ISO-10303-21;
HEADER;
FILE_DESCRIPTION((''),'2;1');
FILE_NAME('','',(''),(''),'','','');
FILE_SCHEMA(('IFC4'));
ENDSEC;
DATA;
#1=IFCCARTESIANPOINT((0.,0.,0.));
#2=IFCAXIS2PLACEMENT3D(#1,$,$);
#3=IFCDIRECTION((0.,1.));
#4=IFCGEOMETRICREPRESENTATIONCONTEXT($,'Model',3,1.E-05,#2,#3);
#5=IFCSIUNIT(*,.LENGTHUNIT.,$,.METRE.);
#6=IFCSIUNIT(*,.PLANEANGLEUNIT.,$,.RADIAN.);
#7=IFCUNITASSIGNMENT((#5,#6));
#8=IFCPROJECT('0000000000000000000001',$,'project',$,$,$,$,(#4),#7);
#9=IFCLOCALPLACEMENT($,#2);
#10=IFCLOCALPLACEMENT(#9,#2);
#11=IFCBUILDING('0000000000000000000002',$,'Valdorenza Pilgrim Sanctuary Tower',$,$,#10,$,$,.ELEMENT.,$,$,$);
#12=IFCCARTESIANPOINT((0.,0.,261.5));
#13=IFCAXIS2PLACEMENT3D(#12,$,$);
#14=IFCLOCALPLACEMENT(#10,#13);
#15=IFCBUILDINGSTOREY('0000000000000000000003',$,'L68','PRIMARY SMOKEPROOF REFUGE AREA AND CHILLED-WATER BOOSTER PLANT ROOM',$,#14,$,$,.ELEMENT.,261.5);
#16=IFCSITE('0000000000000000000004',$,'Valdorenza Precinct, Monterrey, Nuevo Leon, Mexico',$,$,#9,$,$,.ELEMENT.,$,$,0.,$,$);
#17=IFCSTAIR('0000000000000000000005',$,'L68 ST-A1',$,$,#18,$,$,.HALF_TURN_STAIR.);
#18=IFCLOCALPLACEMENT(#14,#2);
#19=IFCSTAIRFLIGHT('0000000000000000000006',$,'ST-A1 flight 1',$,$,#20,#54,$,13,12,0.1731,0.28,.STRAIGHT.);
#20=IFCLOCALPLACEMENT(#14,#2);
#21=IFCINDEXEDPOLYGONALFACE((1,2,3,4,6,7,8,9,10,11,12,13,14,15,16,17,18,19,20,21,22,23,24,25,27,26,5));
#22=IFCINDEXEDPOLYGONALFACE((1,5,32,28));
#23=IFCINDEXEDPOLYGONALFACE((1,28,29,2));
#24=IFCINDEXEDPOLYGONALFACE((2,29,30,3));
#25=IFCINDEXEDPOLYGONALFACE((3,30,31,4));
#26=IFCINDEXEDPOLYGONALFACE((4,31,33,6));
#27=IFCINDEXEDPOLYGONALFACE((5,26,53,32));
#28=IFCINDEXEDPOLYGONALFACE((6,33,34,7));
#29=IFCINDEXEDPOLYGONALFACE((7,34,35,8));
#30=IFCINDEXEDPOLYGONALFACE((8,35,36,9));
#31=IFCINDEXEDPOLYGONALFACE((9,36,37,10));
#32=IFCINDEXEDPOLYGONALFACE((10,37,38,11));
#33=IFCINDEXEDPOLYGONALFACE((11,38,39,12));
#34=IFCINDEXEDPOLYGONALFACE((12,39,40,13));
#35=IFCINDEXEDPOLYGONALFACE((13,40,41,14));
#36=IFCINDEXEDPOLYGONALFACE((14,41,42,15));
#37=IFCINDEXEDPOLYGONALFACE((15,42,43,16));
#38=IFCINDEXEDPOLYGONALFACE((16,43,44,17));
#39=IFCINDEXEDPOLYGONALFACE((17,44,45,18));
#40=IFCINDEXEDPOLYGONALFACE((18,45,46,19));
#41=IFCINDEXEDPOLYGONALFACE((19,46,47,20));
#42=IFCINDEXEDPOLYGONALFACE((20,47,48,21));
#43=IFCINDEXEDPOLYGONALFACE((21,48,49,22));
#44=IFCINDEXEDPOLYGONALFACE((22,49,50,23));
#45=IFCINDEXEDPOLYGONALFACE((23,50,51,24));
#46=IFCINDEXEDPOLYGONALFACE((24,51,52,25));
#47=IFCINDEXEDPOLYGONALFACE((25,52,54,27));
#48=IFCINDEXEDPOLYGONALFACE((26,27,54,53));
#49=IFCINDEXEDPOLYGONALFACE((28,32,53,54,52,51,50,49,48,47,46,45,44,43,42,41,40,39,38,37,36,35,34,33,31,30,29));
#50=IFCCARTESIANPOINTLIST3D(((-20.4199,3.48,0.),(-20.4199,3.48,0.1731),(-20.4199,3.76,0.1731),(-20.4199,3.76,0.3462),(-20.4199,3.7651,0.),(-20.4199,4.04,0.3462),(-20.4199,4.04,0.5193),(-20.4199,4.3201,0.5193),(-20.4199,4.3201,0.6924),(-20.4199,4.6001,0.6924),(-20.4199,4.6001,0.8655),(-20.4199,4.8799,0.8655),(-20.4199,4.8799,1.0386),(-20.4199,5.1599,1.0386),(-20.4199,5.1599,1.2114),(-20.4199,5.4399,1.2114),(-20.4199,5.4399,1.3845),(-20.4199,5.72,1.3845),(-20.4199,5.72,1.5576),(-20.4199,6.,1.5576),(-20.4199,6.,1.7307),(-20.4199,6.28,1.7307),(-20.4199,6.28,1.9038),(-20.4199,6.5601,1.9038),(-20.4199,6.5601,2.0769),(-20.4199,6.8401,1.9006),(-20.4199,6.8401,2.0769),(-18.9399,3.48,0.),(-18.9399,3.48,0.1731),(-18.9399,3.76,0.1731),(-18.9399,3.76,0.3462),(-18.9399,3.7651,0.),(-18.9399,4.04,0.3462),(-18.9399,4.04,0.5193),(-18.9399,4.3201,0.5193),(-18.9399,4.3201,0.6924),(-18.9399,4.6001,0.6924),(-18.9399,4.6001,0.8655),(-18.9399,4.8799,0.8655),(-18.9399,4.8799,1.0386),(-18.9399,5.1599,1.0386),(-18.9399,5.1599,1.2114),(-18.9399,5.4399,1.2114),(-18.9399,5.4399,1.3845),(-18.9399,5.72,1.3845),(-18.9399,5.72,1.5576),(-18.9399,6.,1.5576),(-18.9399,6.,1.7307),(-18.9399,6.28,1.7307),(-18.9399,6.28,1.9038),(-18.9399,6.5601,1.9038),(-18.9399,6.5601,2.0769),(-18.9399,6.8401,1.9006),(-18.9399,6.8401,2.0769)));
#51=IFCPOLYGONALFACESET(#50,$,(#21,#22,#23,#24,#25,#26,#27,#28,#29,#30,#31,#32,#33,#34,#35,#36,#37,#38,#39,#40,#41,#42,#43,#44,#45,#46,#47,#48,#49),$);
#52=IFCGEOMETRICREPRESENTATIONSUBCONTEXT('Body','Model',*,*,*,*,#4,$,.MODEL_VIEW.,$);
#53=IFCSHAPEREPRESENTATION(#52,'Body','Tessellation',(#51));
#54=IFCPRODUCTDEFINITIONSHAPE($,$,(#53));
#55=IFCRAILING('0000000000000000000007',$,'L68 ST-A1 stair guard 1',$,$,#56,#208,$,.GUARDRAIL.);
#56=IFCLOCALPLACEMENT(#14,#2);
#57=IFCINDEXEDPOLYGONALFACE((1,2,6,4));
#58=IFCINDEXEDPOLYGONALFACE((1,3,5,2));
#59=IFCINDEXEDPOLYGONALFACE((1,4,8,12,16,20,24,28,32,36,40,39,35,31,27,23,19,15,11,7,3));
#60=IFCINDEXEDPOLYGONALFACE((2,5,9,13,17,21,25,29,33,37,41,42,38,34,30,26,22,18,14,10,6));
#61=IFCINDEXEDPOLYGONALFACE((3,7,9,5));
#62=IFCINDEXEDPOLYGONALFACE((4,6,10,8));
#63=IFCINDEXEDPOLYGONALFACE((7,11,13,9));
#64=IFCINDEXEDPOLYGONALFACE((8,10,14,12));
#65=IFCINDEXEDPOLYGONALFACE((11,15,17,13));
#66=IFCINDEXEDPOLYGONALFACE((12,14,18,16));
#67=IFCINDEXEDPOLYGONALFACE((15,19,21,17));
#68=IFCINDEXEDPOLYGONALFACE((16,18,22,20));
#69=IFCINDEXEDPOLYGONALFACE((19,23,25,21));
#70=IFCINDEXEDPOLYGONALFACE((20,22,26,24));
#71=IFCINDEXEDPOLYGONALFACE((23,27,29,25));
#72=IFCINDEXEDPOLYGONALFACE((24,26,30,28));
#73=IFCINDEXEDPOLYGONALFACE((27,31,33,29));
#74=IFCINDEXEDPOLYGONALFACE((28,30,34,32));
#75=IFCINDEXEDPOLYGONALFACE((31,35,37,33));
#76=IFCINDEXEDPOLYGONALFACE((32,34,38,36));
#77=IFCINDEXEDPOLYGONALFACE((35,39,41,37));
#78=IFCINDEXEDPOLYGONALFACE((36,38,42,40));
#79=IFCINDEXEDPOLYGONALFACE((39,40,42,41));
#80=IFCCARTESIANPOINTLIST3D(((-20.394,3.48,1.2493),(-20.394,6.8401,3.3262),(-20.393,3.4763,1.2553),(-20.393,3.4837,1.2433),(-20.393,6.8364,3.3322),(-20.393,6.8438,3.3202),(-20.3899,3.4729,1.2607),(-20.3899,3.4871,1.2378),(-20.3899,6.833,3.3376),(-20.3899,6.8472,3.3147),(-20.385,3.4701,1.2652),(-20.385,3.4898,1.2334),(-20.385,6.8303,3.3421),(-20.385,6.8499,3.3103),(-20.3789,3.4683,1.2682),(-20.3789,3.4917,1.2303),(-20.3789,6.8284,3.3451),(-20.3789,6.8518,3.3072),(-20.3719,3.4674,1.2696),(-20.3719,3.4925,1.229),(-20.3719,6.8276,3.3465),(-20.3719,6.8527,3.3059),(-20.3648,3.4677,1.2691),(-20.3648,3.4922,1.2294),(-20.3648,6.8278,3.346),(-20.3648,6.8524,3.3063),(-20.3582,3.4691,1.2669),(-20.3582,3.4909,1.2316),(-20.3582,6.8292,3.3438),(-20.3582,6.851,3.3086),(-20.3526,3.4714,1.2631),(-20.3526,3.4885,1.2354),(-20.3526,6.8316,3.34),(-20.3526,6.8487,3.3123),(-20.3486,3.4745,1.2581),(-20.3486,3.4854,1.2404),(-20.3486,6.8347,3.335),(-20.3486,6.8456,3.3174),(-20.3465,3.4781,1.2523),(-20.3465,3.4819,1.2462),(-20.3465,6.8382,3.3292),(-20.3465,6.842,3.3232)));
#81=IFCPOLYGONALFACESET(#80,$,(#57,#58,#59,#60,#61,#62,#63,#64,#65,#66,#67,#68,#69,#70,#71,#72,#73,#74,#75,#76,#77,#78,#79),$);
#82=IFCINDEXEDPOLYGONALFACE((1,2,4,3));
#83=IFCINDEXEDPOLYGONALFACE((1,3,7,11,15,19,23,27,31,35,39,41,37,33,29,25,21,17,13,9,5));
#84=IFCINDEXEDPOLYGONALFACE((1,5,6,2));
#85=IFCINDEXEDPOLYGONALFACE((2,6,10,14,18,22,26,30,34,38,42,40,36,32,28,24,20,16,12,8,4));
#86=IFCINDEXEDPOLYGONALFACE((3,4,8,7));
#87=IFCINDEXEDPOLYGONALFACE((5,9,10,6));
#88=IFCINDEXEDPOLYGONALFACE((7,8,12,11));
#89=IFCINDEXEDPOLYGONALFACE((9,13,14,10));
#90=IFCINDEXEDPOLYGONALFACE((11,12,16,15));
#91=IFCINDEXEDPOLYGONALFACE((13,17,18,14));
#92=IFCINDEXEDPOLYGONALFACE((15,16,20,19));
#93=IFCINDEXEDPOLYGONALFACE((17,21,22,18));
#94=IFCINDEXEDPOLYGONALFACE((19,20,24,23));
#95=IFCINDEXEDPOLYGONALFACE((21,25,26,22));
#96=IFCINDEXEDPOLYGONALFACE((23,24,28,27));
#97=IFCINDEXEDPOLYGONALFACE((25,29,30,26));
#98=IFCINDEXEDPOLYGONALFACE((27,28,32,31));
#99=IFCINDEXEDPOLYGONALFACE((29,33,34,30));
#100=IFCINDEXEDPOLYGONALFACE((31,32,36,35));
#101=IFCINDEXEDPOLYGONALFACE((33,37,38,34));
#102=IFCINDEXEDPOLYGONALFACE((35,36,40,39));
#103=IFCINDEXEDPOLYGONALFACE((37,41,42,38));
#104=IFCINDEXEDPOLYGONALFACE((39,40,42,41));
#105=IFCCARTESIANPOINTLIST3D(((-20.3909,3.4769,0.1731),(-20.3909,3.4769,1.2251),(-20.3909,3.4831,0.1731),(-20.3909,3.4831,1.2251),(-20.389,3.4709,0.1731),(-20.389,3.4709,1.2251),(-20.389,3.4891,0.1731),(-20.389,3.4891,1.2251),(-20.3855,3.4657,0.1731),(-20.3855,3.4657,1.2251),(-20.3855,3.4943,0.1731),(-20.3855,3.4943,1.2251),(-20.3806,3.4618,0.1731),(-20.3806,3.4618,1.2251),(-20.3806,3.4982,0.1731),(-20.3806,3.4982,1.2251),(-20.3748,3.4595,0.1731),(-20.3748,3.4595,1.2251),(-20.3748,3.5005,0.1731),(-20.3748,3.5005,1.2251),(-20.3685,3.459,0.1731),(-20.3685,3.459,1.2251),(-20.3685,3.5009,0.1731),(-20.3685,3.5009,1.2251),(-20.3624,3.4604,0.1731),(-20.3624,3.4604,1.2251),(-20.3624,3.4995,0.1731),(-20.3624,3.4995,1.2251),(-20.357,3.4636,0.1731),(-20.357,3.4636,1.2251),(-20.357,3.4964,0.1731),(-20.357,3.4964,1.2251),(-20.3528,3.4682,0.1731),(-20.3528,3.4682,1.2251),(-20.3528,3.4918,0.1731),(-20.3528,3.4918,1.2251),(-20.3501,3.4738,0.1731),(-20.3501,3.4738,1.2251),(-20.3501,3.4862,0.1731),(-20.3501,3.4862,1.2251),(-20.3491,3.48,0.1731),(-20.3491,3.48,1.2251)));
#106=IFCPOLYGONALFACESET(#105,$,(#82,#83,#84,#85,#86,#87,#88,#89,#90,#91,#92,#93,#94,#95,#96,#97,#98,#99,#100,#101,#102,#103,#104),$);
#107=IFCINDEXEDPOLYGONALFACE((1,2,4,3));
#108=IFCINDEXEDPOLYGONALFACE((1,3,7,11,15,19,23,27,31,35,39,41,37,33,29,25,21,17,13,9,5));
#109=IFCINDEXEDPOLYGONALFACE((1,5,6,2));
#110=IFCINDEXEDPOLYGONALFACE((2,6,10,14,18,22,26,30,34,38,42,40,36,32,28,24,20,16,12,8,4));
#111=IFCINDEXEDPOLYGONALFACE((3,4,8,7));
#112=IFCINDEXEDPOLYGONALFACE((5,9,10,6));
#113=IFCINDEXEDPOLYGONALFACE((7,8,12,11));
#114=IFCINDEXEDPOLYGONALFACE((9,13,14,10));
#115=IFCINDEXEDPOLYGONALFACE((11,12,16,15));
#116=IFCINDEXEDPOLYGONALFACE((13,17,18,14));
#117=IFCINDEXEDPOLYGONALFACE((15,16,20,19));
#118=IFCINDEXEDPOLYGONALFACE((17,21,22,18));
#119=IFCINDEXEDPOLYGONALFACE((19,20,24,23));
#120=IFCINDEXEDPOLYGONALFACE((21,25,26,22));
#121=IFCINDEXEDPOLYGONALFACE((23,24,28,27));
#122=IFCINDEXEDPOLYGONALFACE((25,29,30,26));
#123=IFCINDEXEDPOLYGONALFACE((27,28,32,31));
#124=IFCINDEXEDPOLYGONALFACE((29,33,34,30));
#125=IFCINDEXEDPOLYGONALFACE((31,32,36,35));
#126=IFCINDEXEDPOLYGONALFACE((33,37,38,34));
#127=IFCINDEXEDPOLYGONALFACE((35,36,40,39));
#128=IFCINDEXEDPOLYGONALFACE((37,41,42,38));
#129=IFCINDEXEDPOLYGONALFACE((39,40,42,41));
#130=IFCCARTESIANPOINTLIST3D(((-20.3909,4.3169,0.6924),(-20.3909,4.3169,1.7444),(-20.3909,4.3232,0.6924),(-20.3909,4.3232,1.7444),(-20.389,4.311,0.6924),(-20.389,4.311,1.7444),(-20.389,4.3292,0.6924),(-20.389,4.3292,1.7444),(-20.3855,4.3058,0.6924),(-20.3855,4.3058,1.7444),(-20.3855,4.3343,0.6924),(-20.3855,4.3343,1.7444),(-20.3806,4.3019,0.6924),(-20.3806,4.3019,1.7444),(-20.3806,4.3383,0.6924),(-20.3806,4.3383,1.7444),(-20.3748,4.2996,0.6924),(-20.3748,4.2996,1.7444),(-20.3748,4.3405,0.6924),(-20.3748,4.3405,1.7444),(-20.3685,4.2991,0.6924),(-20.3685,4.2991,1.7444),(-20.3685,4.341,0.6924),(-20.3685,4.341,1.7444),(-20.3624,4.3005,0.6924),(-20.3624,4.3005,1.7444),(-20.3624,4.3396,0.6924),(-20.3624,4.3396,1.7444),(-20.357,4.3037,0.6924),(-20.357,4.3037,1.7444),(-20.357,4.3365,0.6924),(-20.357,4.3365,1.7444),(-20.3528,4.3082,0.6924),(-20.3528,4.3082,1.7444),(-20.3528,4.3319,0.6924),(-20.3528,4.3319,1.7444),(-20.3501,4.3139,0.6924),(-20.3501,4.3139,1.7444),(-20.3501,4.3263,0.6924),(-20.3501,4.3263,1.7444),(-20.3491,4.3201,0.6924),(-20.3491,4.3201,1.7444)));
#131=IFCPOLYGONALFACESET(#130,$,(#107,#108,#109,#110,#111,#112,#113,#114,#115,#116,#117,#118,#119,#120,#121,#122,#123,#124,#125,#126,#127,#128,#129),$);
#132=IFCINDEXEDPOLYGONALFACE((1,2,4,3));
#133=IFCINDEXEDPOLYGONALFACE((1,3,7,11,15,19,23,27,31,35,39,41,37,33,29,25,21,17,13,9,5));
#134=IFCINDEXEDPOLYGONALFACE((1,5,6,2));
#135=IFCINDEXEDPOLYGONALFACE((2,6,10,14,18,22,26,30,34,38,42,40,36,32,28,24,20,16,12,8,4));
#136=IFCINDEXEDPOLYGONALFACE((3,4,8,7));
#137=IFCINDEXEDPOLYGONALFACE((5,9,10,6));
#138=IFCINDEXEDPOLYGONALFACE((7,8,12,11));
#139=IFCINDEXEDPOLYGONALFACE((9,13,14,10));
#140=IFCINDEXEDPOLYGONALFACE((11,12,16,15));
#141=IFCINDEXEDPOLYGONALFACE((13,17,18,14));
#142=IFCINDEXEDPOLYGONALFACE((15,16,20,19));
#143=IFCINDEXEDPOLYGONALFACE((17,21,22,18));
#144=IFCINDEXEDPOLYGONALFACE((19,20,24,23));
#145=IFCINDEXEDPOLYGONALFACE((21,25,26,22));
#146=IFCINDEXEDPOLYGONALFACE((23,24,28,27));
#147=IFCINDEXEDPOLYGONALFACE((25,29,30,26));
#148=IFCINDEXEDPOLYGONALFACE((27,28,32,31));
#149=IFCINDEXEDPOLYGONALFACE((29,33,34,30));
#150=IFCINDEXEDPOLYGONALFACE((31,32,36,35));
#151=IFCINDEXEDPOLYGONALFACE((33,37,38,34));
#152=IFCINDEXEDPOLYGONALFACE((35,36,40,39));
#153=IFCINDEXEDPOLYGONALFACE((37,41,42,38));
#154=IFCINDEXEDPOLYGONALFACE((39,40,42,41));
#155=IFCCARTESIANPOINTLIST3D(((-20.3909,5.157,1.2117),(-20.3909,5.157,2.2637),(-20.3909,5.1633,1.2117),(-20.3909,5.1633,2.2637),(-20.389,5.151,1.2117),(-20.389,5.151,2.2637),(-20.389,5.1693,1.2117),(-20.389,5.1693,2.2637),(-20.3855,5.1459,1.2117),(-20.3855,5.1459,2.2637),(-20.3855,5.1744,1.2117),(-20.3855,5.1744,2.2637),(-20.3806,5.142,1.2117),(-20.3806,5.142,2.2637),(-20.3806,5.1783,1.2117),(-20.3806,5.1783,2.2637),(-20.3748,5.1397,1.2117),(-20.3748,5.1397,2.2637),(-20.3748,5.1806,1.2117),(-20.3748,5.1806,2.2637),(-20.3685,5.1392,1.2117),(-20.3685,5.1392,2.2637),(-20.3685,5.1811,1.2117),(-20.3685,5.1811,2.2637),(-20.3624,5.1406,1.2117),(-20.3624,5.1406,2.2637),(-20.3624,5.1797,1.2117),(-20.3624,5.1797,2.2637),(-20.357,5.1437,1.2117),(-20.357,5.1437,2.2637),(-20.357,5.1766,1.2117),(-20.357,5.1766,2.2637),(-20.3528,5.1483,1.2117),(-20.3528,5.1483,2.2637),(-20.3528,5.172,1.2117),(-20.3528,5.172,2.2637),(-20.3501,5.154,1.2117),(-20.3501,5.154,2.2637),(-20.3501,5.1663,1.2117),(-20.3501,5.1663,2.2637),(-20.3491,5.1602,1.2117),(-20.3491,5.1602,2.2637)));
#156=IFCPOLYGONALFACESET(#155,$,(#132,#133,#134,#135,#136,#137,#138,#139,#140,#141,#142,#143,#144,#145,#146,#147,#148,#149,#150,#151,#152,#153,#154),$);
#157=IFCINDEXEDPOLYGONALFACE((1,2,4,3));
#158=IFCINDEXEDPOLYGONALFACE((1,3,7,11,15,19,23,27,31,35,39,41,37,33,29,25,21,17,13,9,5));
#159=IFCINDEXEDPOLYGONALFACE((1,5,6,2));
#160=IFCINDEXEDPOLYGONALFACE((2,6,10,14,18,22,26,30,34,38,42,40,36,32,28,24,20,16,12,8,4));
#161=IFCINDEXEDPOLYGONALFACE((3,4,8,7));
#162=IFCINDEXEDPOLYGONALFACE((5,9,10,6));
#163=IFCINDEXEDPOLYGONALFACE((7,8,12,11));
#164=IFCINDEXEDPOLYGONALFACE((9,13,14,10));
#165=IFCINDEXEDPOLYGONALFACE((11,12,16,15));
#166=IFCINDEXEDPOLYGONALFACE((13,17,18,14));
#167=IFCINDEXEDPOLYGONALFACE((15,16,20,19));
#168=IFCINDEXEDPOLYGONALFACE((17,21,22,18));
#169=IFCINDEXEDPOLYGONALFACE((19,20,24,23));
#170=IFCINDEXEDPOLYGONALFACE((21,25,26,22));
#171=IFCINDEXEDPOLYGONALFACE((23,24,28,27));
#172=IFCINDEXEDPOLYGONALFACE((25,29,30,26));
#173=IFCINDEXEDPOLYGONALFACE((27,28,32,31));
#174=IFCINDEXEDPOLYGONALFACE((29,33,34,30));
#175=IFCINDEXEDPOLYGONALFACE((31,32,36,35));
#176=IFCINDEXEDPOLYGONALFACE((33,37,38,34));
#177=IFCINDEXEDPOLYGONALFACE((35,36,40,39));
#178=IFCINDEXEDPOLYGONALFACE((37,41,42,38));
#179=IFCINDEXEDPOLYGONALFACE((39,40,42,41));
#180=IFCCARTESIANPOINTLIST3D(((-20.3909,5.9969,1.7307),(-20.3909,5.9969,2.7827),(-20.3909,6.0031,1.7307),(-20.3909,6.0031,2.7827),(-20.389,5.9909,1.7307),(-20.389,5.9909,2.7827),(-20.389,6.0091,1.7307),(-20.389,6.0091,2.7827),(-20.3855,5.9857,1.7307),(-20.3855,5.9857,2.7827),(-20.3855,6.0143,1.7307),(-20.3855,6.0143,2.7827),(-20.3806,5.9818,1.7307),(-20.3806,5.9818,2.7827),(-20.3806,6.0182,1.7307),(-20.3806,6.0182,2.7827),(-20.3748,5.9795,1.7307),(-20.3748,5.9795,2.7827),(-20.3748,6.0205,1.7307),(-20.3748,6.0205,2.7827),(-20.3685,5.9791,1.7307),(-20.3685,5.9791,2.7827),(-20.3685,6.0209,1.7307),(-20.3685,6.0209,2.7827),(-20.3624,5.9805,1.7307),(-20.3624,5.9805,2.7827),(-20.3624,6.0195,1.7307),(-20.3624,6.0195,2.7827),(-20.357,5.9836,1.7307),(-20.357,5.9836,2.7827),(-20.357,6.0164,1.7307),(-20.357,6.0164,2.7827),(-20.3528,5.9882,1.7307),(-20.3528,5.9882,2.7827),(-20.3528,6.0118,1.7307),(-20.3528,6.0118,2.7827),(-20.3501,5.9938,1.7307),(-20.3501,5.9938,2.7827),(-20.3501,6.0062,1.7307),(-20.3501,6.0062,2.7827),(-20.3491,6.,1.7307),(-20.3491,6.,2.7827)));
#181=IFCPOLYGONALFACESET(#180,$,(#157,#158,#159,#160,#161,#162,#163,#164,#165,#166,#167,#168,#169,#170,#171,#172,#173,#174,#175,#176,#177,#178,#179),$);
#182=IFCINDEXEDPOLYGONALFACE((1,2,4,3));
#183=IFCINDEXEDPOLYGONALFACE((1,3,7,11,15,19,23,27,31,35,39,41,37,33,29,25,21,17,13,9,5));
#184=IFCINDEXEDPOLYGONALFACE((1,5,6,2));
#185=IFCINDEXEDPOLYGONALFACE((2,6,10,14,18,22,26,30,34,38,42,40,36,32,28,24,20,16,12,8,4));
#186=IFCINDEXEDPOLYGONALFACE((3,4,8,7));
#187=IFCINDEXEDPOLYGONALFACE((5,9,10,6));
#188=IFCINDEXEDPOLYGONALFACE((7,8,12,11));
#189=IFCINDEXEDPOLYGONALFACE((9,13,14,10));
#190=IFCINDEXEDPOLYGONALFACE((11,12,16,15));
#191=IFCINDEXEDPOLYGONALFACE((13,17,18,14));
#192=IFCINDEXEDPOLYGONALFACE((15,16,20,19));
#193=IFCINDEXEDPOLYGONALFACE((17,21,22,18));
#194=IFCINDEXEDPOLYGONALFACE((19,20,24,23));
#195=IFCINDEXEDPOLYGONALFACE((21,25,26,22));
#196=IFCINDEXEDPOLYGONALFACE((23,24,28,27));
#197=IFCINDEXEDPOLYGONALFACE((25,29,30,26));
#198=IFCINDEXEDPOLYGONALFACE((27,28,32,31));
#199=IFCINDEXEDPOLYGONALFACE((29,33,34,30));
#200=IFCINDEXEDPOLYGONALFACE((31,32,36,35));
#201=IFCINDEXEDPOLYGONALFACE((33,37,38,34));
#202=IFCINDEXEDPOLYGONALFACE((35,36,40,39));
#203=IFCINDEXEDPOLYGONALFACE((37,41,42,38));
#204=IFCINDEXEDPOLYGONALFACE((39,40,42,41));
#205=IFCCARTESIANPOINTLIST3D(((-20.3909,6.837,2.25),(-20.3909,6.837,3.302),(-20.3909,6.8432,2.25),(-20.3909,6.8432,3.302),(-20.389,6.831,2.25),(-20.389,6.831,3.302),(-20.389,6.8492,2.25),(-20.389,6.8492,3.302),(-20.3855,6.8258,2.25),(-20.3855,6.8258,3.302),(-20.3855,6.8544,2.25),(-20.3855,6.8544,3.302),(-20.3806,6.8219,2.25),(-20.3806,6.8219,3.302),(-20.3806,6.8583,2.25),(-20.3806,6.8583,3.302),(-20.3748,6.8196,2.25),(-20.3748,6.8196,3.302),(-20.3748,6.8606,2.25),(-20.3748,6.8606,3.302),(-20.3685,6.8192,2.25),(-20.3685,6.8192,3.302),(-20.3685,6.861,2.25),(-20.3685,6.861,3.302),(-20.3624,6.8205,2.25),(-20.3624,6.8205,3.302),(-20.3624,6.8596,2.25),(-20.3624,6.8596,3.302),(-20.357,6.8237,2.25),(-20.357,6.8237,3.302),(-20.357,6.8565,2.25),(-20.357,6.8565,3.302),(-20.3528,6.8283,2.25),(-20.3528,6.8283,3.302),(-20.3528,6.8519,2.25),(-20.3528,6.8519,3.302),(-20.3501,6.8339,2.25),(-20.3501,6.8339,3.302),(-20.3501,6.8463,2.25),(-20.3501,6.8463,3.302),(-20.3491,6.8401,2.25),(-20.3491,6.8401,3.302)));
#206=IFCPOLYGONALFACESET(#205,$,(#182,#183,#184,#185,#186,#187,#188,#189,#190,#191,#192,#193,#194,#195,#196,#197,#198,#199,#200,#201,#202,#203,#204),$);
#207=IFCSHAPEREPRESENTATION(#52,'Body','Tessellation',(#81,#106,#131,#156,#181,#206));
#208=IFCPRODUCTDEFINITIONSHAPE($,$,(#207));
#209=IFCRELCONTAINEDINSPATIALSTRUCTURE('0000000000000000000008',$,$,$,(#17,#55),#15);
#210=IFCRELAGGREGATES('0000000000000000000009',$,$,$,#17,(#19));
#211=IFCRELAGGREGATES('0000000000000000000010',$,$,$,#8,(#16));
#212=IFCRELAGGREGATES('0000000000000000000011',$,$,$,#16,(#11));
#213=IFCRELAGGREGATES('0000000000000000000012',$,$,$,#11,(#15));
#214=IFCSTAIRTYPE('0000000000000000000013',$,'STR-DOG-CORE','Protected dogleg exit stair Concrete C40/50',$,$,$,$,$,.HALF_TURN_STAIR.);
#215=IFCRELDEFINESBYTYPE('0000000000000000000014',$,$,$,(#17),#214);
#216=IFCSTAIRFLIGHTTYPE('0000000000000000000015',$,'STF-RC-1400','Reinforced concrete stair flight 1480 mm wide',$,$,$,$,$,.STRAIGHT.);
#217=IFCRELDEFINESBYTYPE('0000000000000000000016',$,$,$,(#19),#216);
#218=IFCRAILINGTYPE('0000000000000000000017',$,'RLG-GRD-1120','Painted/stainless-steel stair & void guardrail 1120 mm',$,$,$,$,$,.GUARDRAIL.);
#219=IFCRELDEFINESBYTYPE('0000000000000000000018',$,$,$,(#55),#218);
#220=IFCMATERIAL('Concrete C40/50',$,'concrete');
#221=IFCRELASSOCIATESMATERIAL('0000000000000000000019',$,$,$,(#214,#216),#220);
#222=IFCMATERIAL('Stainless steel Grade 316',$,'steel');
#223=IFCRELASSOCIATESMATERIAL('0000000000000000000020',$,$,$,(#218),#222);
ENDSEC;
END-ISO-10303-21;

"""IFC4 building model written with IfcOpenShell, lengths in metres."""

from ifc_helpers import new_model, si_unit, direction, frame, origin, origin_2d, place, context, subcontext, project, spatial, polyline, circle, outline, extrude, material, type_object, element, aggregate, save


model = new_model("IFC4")

# Units and contexts
model_context = context("Model", 3, precision=1e-05, world=origin(), true_north=direction((0.0, 1.0)))
body_context = subcontext(model_context, "Body", "Model", "MODEL_VIEW")
ifc_project = project(units=[si_unit("LENGTHUNIT", "METRE"), si_unit("PLANEANGLEUNIT", "RADIAN")], contexts=[model_context])

# Site, building, storey
site_placement = place(None, origin())
site = spatial("IfcSite", under=ifc_project, at=site_placement, Name="Valdorenza Precinct, Monterrey, Nuevo Leon, Mexico", CompositionType="ELEMENT", RefElevation=0.0)
building_placement = place(site_placement, origin())
building = spatial("IfcBuilding", under=site, at=building_placement, Name="Valdorenza Pilgrim Sanctuary Tower", CompositionType="ELEMENT")
storey_placement = place(building_placement, frame((0.0, 0.0, 261.5)))
storey = spatial("IfcBuildingStorey", under=building, at=storey_placement, Name="L68", Description="PRIMARY SMOKEPROOF REFUGE AREA AND CHILLED-WATER BOOSTER PLANT ROOM", CompositionType="ELEMENT", Elevation=261.5)

# Shared definitions
ifc_material_1 = material(Name="Concrete C40/50", Category="concrete")

# Stair, stair flight
stair_type = type_object("IfcStairType", Name="STR-DOG-CORE", Description="Protected dogleg exit stair Concrete C40/50", PredefinedType="HALF_TURN_STAIR", material=ifc_material_1)
stair_placement = place(storey_placement, origin())
stair = element("IfcStair", 1, at=stair_placement, inside=storey, type_object=stair_type, Name="L68 ST-A1", PredefinedType="HALF_TURN_STAIR")
stair_flight_type = type_object("IfcStairFlightType", Name="STF-RC-1400", Description="Reinforced concrete stair flight 1480 mm wide", PredefinedType="STRAIGHT", material=ifc_material_1)
stair_flight_placement = place(storey_placement, frame((-19.6799, 3.48, 0.0), z_axis=(0.0, 0.0, 1.0), x_axis=(0.0, 1.0, 0.0)))
stair_flight = element("IfcStairFlight", 2, at=stair_flight_placement, type_object=stair_flight_type, Name="ST-A1 flight 1", NumberOfRisers=13, NumberOfTreads=12, PredefinedType="STRAIGHT", RiserHeight=0.1731, TreadLength=0.28, context=body_context, shape_type="SweptSolid", body=[
    extrude(outline(polyline([(0.0, 0.0), (0.0, 0.1731), (0.28, 0.1731), (0.28, 0.3462), (0.5601, 0.3462), (0.5601, 0.5193), (0.8401, 0.5193), (0.8401, 0.6924), (1.1201, 0.6924), (1.1201, 0.8655), (1.3999, 0.8655), (1.3999, 1.0386), (1.6799, 1.0386), (1.6799, 1.2114), (1.96, 1.2114), (1.96, 1.3845), (2.24, 1.3845), (2.24, 1.5576), (2.52, 1.5576), (2.52, 1.7307), (2.8, 1.7307), (2.8, 1.9038), (3.0801, 1.9038), (3.0801, 2.0769), (3.3601, 2.0769), (3.3601, 2.25), (3.3601, 1.9006), (0.2852, 0.0), (0.0, 0.0)])), frame((0.0, 0.74, 0.0), z_axis=(0.0, -1.0, 0.0), x_axis=(1.0, 0.0, 0.0)), (0.0, 0.0, 1.0), 1.48),
])
aggregate(stair, [stair_flight])

# Railing
ifc_material_2 = material(Name="Stainless steel Grade 316", Category="steel")
railing_type_1 = type_object("IfcRailingType", Name="RLG-GRD-1120", Description="Painted/stainless-steel stair & void guardrail 1120 mm", PredefinedType="GUARDRAIL", material=ifc_material_2)
railing_1_placement = place(storey_placement, frame((-20.3701, 3.48, 0.1731)))
element("IfcRailing", 3, at=railing_1_placement, inside=storey, type_object=railing_type_1, Name="L68 ST-A1 stair guard 1", PredefinedType="GUARDRAIL", context=body_context, shape_type="SweptSolid", body=[
    extrude(circle(Radius=0.0239, at=origin_2d()), frame((0.0, 0.0, 1.0762), z_axis=(0.0, 0.850623, 0.525776), x_axis=(-1.0, 0.0, 0.0)), (0.0, 0.0, 1.0), 3.9502),
    extrude(circle(Radius=0.021, at=origin_2d()), origin(), (0.0, 0.0, 1.0), 1.052),
    extrude(circle(Radius=0.021, at=origin_2d()), frame((0.0, 0.8401, 0.5193)), (0.0, 0.0, 1.0), 1.052),
    extrude(circle(Radius=0.021, at=origin_2d()), frame((0.0, 1.6802, 1.0386)), (0.0, 0.0, 1.0), 1.052),
    extrude(circle(Radius=0.021, at=origin_2d()), frame((0.0, 2.52, 1.5576)), (0.0, 0.0, 1.0), 1.052),
    extrude(circle(Radius=0.021, at=origin_2d()), frame((0.0, 3.3601, 2.0769)), (0.0, 0.0, 1.0), 1.052),
])

save(model, "model.ifc")
